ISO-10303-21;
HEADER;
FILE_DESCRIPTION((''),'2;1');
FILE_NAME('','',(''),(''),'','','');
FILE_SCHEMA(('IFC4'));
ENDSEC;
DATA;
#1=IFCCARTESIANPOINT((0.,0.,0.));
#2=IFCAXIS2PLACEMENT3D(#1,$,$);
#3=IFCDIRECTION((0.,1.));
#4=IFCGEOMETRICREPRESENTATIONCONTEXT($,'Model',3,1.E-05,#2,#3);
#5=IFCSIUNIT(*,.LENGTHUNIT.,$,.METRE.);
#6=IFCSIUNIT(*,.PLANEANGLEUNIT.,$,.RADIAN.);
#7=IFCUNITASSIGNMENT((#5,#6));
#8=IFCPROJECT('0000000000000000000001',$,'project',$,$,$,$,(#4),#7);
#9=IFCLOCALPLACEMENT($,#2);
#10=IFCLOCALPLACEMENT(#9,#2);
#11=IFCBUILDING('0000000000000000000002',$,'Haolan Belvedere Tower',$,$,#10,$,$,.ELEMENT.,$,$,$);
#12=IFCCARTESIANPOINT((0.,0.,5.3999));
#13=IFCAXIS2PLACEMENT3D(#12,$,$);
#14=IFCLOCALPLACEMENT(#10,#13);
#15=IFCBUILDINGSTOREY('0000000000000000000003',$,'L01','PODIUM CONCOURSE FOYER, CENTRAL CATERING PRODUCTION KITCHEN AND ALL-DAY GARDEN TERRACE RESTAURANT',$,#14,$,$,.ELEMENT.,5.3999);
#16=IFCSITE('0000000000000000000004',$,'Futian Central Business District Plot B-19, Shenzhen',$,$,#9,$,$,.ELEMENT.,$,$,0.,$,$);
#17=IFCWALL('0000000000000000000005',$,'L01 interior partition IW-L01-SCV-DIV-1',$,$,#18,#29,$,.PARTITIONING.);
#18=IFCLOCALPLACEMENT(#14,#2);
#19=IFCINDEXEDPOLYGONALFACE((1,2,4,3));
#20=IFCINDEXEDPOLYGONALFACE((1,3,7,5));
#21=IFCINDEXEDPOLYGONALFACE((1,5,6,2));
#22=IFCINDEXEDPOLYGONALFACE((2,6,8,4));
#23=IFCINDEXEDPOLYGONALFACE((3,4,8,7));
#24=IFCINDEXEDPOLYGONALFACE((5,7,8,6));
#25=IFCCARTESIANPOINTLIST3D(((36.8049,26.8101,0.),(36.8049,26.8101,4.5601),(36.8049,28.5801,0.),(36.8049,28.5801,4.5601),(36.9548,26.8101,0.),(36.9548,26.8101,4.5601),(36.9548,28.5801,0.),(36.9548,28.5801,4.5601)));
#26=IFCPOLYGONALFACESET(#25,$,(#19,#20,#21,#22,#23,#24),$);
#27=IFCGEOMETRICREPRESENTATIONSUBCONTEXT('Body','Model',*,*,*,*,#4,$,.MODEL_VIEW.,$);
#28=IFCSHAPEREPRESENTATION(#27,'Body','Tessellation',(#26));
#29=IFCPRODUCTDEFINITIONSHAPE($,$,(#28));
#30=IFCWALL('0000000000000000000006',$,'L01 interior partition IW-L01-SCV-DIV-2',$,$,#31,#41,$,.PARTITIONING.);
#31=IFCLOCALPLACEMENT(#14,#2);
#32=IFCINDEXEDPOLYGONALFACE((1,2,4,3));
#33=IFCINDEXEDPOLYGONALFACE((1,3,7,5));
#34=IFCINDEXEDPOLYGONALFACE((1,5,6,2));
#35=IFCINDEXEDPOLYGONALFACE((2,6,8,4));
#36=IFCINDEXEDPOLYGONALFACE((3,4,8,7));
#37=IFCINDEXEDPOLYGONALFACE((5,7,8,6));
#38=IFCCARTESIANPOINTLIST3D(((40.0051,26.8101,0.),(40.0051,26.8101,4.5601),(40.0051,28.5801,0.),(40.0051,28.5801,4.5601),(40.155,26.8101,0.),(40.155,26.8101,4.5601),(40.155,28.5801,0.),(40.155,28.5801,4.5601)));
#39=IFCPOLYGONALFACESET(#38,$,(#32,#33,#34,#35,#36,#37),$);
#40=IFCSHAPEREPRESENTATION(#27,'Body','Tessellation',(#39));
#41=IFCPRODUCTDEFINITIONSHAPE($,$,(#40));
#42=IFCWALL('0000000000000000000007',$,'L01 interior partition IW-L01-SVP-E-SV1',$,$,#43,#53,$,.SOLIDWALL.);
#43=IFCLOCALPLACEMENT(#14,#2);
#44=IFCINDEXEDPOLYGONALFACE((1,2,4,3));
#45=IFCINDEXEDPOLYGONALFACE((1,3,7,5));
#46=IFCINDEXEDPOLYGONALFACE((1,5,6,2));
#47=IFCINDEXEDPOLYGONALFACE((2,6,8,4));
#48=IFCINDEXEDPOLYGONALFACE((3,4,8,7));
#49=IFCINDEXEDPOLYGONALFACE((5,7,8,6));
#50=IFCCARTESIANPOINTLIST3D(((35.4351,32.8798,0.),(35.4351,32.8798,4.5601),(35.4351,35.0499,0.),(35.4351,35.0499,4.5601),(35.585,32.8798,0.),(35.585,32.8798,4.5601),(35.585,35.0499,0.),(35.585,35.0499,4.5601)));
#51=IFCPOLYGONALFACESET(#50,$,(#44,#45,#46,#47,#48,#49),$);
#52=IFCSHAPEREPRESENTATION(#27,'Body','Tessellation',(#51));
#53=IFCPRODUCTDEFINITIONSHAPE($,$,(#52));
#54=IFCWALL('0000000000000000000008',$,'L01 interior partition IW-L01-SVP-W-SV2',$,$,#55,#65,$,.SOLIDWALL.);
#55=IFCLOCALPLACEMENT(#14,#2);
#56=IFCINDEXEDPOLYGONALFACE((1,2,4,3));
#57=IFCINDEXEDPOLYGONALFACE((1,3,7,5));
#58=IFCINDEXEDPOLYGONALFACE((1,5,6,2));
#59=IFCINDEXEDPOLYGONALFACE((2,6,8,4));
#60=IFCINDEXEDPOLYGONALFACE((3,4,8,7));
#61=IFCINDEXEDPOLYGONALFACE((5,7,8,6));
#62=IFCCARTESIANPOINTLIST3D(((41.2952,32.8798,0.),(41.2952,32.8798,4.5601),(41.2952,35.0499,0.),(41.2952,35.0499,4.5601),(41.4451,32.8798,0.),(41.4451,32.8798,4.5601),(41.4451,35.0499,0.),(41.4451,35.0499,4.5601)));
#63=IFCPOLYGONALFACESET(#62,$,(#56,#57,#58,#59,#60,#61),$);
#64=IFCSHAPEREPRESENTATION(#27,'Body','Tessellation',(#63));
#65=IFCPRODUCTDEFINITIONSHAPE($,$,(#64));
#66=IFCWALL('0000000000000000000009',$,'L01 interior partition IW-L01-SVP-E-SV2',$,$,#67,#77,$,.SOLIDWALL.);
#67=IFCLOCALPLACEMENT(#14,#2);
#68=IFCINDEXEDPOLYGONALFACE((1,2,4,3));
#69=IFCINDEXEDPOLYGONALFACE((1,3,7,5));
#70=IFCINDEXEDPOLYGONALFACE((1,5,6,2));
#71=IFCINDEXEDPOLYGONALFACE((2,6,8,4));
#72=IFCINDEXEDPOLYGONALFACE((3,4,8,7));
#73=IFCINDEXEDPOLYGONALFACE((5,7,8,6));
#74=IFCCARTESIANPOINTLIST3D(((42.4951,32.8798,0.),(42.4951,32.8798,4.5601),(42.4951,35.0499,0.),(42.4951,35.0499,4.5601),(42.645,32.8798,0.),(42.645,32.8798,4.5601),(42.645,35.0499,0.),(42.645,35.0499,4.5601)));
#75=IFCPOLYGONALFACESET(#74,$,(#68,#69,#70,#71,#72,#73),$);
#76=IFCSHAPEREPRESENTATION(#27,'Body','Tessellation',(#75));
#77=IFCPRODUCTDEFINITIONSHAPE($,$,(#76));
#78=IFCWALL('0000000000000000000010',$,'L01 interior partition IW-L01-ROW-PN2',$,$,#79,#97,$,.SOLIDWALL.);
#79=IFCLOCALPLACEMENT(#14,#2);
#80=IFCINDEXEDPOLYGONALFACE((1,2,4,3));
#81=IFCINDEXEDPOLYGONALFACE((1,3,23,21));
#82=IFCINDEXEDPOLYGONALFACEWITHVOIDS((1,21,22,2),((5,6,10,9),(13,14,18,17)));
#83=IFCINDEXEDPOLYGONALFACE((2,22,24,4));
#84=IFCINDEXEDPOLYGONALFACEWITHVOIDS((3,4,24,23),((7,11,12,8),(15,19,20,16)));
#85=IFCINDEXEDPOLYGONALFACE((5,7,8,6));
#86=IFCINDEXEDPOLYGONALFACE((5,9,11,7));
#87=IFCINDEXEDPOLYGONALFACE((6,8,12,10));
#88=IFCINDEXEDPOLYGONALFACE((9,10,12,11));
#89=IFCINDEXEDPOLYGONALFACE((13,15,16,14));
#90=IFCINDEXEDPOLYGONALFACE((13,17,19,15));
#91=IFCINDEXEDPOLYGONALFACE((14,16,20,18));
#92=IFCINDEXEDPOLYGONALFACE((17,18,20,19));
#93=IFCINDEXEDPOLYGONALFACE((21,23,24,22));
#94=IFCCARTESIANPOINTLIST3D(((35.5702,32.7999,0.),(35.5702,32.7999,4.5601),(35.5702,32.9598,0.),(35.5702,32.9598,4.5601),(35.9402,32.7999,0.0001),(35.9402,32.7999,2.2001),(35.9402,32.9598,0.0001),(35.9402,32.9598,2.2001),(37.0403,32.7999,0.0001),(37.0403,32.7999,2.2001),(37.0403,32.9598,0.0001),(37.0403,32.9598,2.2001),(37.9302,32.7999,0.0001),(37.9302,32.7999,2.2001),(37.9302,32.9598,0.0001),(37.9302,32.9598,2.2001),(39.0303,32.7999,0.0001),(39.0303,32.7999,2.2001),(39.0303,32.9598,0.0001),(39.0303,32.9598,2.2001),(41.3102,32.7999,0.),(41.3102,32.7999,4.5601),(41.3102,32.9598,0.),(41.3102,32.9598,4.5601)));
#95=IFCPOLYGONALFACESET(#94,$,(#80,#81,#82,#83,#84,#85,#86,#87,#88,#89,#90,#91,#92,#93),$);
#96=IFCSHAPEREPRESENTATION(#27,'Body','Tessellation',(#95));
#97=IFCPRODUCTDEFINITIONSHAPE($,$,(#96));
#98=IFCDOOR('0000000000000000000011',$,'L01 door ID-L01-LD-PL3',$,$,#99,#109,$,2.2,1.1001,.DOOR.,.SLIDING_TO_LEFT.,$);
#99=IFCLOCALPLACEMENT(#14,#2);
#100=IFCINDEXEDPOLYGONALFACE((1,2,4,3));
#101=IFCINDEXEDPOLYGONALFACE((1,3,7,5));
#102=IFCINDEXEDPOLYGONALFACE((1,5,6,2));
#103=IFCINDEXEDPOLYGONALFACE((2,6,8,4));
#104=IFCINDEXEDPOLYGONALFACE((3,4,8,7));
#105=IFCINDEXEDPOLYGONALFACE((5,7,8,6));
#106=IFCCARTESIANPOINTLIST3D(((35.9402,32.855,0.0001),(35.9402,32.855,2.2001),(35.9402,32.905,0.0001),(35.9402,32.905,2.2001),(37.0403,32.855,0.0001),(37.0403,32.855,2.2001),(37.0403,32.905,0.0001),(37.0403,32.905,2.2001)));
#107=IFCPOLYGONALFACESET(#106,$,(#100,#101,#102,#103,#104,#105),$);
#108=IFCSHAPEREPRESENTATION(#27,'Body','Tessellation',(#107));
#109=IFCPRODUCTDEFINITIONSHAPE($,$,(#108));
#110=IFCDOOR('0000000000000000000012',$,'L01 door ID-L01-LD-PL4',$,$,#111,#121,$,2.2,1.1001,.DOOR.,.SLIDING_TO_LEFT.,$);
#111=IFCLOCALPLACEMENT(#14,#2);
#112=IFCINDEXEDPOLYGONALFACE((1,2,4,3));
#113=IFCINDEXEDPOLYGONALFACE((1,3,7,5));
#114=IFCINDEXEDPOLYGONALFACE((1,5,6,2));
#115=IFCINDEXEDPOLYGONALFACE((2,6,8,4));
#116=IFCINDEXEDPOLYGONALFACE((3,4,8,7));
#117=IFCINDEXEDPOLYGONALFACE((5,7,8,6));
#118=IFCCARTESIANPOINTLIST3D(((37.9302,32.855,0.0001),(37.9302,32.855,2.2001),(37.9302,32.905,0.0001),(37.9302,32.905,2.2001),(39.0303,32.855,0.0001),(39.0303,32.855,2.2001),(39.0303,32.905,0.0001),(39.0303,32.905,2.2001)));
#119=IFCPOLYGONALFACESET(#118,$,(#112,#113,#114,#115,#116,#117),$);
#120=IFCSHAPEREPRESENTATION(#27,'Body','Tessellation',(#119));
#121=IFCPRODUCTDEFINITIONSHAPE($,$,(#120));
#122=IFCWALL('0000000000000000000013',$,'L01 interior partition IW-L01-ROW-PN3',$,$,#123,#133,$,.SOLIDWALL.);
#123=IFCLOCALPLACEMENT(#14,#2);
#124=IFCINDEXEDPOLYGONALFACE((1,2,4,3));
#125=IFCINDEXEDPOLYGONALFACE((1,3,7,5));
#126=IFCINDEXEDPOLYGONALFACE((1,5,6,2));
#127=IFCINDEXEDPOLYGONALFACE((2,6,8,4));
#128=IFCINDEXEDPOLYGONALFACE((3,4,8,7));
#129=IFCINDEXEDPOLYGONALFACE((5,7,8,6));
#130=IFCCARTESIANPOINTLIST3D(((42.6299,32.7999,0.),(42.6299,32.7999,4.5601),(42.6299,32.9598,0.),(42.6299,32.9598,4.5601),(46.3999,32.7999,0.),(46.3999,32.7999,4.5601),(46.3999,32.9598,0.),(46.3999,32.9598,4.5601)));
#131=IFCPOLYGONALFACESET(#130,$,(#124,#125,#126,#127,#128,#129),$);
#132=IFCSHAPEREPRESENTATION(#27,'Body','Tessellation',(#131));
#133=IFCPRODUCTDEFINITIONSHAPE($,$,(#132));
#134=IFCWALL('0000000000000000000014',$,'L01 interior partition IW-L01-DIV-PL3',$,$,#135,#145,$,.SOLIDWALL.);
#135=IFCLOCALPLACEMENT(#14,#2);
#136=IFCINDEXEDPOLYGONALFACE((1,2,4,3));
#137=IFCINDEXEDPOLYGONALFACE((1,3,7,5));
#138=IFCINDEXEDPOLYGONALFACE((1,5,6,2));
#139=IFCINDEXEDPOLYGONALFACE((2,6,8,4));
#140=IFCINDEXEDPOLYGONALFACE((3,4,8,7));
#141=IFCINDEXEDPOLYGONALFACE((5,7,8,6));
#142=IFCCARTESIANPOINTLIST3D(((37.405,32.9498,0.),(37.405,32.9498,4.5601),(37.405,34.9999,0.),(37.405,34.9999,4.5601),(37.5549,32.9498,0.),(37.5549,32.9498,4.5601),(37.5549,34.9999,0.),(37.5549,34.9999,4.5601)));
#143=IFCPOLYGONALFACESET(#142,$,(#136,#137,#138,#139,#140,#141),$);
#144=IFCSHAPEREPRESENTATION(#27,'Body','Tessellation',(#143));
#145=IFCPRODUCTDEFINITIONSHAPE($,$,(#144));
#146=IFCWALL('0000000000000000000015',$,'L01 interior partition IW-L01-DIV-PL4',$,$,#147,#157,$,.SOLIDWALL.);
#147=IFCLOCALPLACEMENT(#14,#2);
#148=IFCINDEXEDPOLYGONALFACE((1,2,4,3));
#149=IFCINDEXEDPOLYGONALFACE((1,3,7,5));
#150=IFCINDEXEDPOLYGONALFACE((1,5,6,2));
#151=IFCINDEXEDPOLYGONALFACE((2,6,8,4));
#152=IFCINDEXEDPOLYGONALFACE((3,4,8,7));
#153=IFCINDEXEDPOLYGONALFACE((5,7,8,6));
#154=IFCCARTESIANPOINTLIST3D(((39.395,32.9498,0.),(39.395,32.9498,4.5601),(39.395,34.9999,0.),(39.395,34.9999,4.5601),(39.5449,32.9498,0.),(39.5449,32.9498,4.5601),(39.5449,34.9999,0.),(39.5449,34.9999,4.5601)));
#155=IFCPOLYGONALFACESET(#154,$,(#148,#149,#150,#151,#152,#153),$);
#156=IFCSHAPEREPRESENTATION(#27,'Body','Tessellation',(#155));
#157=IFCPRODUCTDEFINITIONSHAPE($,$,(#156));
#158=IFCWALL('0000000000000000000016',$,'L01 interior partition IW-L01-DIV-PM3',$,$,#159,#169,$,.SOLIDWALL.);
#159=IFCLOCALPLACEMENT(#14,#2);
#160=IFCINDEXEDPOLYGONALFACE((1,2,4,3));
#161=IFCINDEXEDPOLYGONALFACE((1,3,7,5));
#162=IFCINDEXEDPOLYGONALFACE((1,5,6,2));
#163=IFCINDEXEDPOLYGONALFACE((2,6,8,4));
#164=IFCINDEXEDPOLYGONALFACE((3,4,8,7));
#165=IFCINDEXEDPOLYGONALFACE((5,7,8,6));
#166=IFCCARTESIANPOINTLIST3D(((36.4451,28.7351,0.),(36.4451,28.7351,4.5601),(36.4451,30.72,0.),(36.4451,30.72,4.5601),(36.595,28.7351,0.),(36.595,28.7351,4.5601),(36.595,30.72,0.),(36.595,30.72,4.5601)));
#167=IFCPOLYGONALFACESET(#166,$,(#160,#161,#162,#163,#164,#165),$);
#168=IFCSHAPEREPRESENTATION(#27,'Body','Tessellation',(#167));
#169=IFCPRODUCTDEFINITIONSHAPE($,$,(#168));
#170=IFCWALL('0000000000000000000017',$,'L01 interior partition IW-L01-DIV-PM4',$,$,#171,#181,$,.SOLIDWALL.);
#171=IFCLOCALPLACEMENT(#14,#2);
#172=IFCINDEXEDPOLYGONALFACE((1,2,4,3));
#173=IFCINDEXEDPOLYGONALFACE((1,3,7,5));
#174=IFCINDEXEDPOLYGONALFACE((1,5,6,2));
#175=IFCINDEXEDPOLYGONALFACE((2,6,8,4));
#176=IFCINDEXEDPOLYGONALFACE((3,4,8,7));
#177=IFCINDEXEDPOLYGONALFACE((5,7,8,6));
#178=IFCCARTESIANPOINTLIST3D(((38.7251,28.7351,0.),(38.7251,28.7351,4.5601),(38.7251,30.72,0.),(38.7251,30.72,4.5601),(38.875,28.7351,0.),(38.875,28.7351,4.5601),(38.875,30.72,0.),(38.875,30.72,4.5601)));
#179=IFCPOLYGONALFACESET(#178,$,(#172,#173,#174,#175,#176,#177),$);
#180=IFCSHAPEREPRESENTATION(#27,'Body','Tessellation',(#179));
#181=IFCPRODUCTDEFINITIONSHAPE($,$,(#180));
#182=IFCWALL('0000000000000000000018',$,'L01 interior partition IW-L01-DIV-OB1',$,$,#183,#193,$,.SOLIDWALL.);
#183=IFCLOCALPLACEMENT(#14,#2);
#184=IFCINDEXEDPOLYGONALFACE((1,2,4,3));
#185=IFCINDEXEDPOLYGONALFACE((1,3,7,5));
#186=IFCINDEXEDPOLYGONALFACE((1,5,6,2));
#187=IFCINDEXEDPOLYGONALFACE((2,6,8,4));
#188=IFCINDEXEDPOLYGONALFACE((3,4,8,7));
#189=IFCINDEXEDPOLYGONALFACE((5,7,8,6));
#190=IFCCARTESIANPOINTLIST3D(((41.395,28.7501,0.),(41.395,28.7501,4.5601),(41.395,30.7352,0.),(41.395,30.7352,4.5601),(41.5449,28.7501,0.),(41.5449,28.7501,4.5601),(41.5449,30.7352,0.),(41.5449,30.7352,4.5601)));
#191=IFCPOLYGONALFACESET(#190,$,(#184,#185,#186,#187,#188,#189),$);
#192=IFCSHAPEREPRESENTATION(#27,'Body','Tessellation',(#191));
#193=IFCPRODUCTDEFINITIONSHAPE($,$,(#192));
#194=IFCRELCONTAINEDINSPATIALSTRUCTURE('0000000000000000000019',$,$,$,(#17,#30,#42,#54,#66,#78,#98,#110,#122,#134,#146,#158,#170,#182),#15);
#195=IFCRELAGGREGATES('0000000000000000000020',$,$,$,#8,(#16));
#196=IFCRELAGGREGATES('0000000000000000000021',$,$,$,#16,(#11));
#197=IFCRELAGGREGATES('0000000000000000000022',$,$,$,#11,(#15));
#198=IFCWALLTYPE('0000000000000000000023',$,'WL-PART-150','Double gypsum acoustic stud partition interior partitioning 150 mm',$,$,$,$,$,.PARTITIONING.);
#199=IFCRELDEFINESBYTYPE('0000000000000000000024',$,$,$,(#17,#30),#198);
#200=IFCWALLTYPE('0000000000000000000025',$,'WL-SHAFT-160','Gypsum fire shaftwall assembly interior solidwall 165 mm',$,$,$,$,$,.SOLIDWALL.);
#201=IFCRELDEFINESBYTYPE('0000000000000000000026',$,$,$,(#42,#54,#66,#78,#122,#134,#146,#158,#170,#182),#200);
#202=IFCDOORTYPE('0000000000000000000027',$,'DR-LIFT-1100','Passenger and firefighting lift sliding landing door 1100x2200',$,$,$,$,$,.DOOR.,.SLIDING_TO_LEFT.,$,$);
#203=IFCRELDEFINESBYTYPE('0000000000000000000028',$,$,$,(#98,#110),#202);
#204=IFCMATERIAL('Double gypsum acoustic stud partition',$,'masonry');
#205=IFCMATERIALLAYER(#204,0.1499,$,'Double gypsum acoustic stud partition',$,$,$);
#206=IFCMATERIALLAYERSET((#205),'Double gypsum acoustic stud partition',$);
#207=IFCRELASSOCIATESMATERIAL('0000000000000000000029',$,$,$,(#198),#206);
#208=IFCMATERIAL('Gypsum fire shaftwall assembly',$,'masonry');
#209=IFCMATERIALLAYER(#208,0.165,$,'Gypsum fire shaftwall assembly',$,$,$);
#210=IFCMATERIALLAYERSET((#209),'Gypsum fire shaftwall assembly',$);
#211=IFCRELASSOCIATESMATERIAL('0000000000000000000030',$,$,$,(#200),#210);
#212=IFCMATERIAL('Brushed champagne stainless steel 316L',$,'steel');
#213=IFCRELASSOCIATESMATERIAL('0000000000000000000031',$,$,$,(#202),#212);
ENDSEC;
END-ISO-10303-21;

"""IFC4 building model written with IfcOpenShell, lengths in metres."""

from ifc_helpers import new_model, si_unit, direction, frame, frame_2d, origin, place, context, subcontext, project, spatial, rectangle, extrude, material, layer, layer_set, type_object, element, fill, save


model = new_model("IFC4")

# Units and contexts
model_context = context("Model", 3, precision=1e-05, world=origin(), true_north=direction((0.0, 1.0)))
body_context = subcontext(model_context, "Body", "Model", "MODEL_VIEW")
ifc_project = project(units=[si_unit("LENGTHUNIT", "METRE"), si_unit("PLANEANGLEUNIT", "RADIAN")], contexts=[model_context])

# Site, building, storey
site_placement = place(None, origin())
site = spatial("IfcSite", under=ifc_project, at=site_placement, Name="Futian Central Business District Plot B-19, Shenzhen", CompositionType="ELEMENT", RefElevation=0.0)
building_placement = place(site_placement, origin())
building = spatial("IfcBuilding", under=site, at=building_placement, Name="Haolan Belvedere Tower", CompositionType="ELEMENT")
storey_placement = place(building_placement, frame((0.0, 0.0, 5.3999)))
storey = spatial("IfcBuildingStorey", under=building, at=storey_placement, Name="L01", Description="PODIUM CONCOURSE FOYER, CENTRAL CATERING PRODUCTION KITCHEN AND ALL-DAY GARDEN TERRACE RESTAURANT", CompositionType="ELEMENT", Elevation=5.3999)

# Walls
ifc_material_1 = material(Name="Double gypsum acoustic stud partition", Category="masonry")
ifc_layer_1 = layer(ifc_material_1, 0.1499, Name="Double gypsum acoustic stud partition")
ifc_layer_set_1 = layer_set([ifc_layer_1], Name="Double gypsum acoustic stud partition")
wall_type_1 = type_object("IfcWallType", Name="WL-PART-150", Description="Double gypsum acoustic stud partition interior partitioning 150 mm", PredefinedType="PARTITIONING", material=ifc_layer_set_1)
for number, where, z_axis, x_axis, name in (
    (1, (36.8799, 26.8101, 0.0), (0.0, 0.0, 1.0), (0.0, 1.0, 0.0), "L01 interior partition IW-L01-SCV-DIV-1"),
    (2, (40.0801, 26.8101, 0.0), (0.0, 0.0, 1.0), (0.0, 1.0, 0.0), "L01 interior partition IW-L01-SCV-DIV-2"),
):
    element("IfcWall", number, at=place(storey_placement, frame(where, z_axis=z_axis, x_axis=x_axis)), inside=storey, type_object=wall_type_1, Name=name, PredefinedType="PARTITIONING", context=body_context, shape_type="SweptSolid", body=[
        extrude(rectangle(XDim=1.77, YDim=0.1499, at=frame_2d((0.885, 0.0))), origin(), (0.0, 0.0, 1.0), 4.5601),
    ])
ifc_material_2 = material(Name="Gypsum fire shaftwall assembly", Category="masonry")
ifc_layer_2 = layer(ifc_material_2, 0.165, Name="Gypsum fire shaftwall assembly")
ifc_layer_set_2 = layer_set([ifc_layer_2], Name="Gypsum fire shaftwall assembly")
wall_type_2 = type_object("IfcWallType", Name="WL-SHAFT-160", Description="Gypsum fire shaftwall assembly interior solidwall 165 mm", PredefinedType="SOLIDWALL", material=ifc_layer_set_2)
for number, where, z_axis, x_axis, name in (
    (3, (35.51, 32.8799, 0.0), (0.0, 0.0, 1.0), (0.0, 1.0, 0.0), "L01 interior partition IW-L01-SVP-E-SV1"),
    (4, (41.3701, 32.8799, 0.0), (0.0, 0.0, 1.0), (0.0, 1.0, 0.0), "L01 interior partition IW-L01-SVP-W-SV2"),
    (5, (42.5701, 32.8799, 0.0), (0.0, 0.0, 1.0), (0.0, 1.0, 0.0), "L01 interior partition IW-L01-SVP-E-SV2"),
):
    element("IfcWall", number, at=place(storey_placement, frame(where, z_axis=z_axis, x_axis=x_axis)), inside=storey, type_object=wall_type_2, Name=name, PredefinedType="SOLIDWALL", context=body_context, shape_type="SweptSolid", body=[
        extrude(rectangle(XDim=2.1702, YDim=0.1499, at=frame_2d((1.085, 0.0))), origin(), (0.0, 0.0, 1.0), 4.5601),
    ])

# Wall, openings, doors
wall_1_placement = place(storey_placement, frame((35.5701, 32.8799, 0.0), z_axis=(0.0, 0.0, 1.0), x_axis=(1.0, 0.0, 0.0)))
wall_1 = element("IfcWall", 6, at=wall_1_placement, inside=storey, type_object=wall_type_2, Name="L01 interior partition IW-L01-ROW-PN2", PredefinedType="SOLIDWALL", context=body_context, shape_type="SweptSolid", body=[
    extrude(rectangle(XDim=5.74, YDim=0.1599, at=frame_2d((2.8701, 0.0))), origin(), (0.0, 0.0, 1.0), 4.5601),
])
opening_1_placement = place(wall_1_placement, frame((1.4702, 0.0, 0.0), z_axis=(0.0, 0.0, 1.0), x_axis=(-1.0, 0.0, 0.0)))
opening_1 = element("IfcOpeningElement", 7, at=opening_1_placement, cuts=wall_1, PredefinedType="OPENING", context=body_context, shape_type="SweptSolid", body=[
    extrude(rectangle(XDim=1.1001, YDim=2.2, at=frame_2d((0.55, 1.1001))), frame((0.0, 0.0898, 0.0), z_axis=(0.0, -1.0, 0.0), x_axis=(1.0, 0.0, 0.0)), (0.0, 0.0, 1.0), 0.1799),
])
opening_2_placement = place(wall_1_placement, frame((3.4602, 0.0, 0.0), z_axis=(0.0, 0.0, 1.0), x_axis=(-1.0, 0.0, 0.0)))
opening_2 = element("IfcOpeningElement", 8, at=opening_2_placement, cuts=wall_1, PredefinedType="OPENING", context=body_context, shape_type="SweptSolid", body=[
    extrude(rectangle(XDim=1.1001, YDim=2.2, at=frame_2d((0.55, 1.1001))), frame((0.0, 0.0898, 0.0), z_axis=(0.0, -1.0, 0.0), x_axis=(1.0, 0.0, 0.0)), (0.0, 0.0, 1.0), 0.1799),
])
ifc_material_3 = material(Name="Brushed champagne stainless steel 316L", Category="steel")
door_type = type_object("IfcDoorType", Name="DR-LIFT-1100", Description="Passenger and firefighting lift sliding landing door 1100x2200", OperationType="SLIDING_TO_LEFT", PredefinedType="DOOR", material=ifc_material_3)
door_1_placement = place(opening_1_placement, origin())
door_1 = element("IfcDoor", 9, at=door_1_placement, inside=storey, type_object=door_type, Name="L01 door ID-L01-LD-PL3", OperationType="SLIDING_TO_LEFT", OverallHeight=2.2, OverallWidth=1.1001, PredefinedType="DOOR", context=body_context, shape_type="SweptSolid", body=[
    extrude(rectangle(XDim=1.1001, YDim=2.2, at=frame_2d((0.55, 1.1001))), frame((0.0, 0.0249, 0.0), z_axis=(0.0, -1.0, 0.0), x_axis=(1.0, 0.0, 0.0)), (0.0, 0.0, 1.0), 0.05),
])
fill(opening_1, door_1)
door_2_placement = place(opening_2_placement, origin())
door_2 = element("IfcDoor", 10, at=door_2_placement, inside=storey, type_object=door_type, Name="L01 door ID-L01-LD-PL4", OperationType="SLIDING_TO_LEFT", OverallHeight=2.2, OverallWidth=1.1001, PredefinedType="DOOR", context=body_context, shape_type="SweptSolid", body=[
    extrude(rectangle(XDim=1.1001, YDim=2.2, at=frame_2d((0.55, 1.1001))), frame((0.0, 0.0249, 0.0), z_axis=(0.0, -1.0, 0.0), x_axis=(1.0, 0.0, 0.0)), (0.0, 0.0, 1.0), 0.05),
])
fill(opening_2, door_2)

# Walls
wall_2_placement = place(storey_placement, frame((42.6299, 32.8799, 0.0), z_axis=(0.0, 0.0, 1.0), x_axis=(1.0, 0.0, 0.0)))
element("IfcWall", 11, at=wall_2_placement, inside=storey, type_object=wall_type_2, Name="L01 interior partition IW-L01-ROW-PN3", PredefinedType="SOLIDWALL", context=body_context, shape_type="SweptSolid", body=[
    extrude(rectangle(XDim=3.77, YDim=0.1599, at=frame_2d((1.885, 0.0))), origin(), (0.0, 0.0, 1.0), 4.5601),
])
for number, where, z_axis, x_axis, name in (
    (12, (37.48, 32.95, 0.0), (0.0, 0.0, 1.0), (0.0, 1.0, 0.0), "L01 interior partition IW-L01-DIV-PL3"),
    (13, (39.47, 32.95, 0.0), (0.0, 0.0, 1.0), (0.0, 1.0, 0.0), "L01 interior partition IW-L01-DIV-PL4"),
):
    element("IfcWall", number, at=place(storey_placement, frame(where, z_axis=z_axis, x_axis=x_axis)), inside=storey, type_object=wall_type_2, Name=name, PredefinedType="SOLIDWALL", context=body_context, shape_type="SweptSolid", body=[
        extrude(rectangle(XDim=2.05, YDim=0.1499, at=frame_2d((1.0249, 0.0))), origin(), (0.0, 0.0, 1.0), 4.5601),
    ])
for number, where, z_axis, x_axis, name in (
    (14, (36.52, 28.7351, 0.0), (0.0, 0.0, 1.0), (0.0, 1.0, 0.0), "L01 interior partition IW-L01-DIV-PM3"),
    (15, (38.8, 28.7351, 0.0), (0.0, 0.0, 1.0), (0.0, 1.0, 0.0), "L01 interior partition IW-L01-DIV-PM4"),
):
    element("IfcWall", number, at=place(storey_placement, frame(where, z_axis=z_axis, x_axis=x_axis)), inside=storey, type_object=wall_type_2, Name=name, PredefinedType="SOLIDWALL", context=body_context, shape_type="SweptSolid", body=[
        extrude(rectangle(XDim=1.9849, YDim=0.1499, at=frame_2d((0.9924, 0.0))), origin(), (0.0, 0.0, 1.0), 4.5601),
    ])
for number, where, z_axis, x_axis, name in (
    (16, (41.47, 28.75, 0.0), (0.0, 0.0, 1.0), (0.0, 1.0, 0.0), "L01 interior partition IW-L01-DIV-OB1"),
):
    element("IfcWall", number, at=place(storey_placement, frame(where, z_axis=z_axis, x_axis=x_axis)), inside=storey, type_object=wall_type_2, Name=name, PredefinedType="SOLIDWALL", context=body_context, shape_type="SweptSolid", body=[
        extrude(rectangle(XDim=1.9851, YDim=0.1499, at=frame_2d((0.9927, 0.0))), origin(), (0.0, 0.0, 1.0), 4.5601),
    ])

save(model, "model.ifc")
